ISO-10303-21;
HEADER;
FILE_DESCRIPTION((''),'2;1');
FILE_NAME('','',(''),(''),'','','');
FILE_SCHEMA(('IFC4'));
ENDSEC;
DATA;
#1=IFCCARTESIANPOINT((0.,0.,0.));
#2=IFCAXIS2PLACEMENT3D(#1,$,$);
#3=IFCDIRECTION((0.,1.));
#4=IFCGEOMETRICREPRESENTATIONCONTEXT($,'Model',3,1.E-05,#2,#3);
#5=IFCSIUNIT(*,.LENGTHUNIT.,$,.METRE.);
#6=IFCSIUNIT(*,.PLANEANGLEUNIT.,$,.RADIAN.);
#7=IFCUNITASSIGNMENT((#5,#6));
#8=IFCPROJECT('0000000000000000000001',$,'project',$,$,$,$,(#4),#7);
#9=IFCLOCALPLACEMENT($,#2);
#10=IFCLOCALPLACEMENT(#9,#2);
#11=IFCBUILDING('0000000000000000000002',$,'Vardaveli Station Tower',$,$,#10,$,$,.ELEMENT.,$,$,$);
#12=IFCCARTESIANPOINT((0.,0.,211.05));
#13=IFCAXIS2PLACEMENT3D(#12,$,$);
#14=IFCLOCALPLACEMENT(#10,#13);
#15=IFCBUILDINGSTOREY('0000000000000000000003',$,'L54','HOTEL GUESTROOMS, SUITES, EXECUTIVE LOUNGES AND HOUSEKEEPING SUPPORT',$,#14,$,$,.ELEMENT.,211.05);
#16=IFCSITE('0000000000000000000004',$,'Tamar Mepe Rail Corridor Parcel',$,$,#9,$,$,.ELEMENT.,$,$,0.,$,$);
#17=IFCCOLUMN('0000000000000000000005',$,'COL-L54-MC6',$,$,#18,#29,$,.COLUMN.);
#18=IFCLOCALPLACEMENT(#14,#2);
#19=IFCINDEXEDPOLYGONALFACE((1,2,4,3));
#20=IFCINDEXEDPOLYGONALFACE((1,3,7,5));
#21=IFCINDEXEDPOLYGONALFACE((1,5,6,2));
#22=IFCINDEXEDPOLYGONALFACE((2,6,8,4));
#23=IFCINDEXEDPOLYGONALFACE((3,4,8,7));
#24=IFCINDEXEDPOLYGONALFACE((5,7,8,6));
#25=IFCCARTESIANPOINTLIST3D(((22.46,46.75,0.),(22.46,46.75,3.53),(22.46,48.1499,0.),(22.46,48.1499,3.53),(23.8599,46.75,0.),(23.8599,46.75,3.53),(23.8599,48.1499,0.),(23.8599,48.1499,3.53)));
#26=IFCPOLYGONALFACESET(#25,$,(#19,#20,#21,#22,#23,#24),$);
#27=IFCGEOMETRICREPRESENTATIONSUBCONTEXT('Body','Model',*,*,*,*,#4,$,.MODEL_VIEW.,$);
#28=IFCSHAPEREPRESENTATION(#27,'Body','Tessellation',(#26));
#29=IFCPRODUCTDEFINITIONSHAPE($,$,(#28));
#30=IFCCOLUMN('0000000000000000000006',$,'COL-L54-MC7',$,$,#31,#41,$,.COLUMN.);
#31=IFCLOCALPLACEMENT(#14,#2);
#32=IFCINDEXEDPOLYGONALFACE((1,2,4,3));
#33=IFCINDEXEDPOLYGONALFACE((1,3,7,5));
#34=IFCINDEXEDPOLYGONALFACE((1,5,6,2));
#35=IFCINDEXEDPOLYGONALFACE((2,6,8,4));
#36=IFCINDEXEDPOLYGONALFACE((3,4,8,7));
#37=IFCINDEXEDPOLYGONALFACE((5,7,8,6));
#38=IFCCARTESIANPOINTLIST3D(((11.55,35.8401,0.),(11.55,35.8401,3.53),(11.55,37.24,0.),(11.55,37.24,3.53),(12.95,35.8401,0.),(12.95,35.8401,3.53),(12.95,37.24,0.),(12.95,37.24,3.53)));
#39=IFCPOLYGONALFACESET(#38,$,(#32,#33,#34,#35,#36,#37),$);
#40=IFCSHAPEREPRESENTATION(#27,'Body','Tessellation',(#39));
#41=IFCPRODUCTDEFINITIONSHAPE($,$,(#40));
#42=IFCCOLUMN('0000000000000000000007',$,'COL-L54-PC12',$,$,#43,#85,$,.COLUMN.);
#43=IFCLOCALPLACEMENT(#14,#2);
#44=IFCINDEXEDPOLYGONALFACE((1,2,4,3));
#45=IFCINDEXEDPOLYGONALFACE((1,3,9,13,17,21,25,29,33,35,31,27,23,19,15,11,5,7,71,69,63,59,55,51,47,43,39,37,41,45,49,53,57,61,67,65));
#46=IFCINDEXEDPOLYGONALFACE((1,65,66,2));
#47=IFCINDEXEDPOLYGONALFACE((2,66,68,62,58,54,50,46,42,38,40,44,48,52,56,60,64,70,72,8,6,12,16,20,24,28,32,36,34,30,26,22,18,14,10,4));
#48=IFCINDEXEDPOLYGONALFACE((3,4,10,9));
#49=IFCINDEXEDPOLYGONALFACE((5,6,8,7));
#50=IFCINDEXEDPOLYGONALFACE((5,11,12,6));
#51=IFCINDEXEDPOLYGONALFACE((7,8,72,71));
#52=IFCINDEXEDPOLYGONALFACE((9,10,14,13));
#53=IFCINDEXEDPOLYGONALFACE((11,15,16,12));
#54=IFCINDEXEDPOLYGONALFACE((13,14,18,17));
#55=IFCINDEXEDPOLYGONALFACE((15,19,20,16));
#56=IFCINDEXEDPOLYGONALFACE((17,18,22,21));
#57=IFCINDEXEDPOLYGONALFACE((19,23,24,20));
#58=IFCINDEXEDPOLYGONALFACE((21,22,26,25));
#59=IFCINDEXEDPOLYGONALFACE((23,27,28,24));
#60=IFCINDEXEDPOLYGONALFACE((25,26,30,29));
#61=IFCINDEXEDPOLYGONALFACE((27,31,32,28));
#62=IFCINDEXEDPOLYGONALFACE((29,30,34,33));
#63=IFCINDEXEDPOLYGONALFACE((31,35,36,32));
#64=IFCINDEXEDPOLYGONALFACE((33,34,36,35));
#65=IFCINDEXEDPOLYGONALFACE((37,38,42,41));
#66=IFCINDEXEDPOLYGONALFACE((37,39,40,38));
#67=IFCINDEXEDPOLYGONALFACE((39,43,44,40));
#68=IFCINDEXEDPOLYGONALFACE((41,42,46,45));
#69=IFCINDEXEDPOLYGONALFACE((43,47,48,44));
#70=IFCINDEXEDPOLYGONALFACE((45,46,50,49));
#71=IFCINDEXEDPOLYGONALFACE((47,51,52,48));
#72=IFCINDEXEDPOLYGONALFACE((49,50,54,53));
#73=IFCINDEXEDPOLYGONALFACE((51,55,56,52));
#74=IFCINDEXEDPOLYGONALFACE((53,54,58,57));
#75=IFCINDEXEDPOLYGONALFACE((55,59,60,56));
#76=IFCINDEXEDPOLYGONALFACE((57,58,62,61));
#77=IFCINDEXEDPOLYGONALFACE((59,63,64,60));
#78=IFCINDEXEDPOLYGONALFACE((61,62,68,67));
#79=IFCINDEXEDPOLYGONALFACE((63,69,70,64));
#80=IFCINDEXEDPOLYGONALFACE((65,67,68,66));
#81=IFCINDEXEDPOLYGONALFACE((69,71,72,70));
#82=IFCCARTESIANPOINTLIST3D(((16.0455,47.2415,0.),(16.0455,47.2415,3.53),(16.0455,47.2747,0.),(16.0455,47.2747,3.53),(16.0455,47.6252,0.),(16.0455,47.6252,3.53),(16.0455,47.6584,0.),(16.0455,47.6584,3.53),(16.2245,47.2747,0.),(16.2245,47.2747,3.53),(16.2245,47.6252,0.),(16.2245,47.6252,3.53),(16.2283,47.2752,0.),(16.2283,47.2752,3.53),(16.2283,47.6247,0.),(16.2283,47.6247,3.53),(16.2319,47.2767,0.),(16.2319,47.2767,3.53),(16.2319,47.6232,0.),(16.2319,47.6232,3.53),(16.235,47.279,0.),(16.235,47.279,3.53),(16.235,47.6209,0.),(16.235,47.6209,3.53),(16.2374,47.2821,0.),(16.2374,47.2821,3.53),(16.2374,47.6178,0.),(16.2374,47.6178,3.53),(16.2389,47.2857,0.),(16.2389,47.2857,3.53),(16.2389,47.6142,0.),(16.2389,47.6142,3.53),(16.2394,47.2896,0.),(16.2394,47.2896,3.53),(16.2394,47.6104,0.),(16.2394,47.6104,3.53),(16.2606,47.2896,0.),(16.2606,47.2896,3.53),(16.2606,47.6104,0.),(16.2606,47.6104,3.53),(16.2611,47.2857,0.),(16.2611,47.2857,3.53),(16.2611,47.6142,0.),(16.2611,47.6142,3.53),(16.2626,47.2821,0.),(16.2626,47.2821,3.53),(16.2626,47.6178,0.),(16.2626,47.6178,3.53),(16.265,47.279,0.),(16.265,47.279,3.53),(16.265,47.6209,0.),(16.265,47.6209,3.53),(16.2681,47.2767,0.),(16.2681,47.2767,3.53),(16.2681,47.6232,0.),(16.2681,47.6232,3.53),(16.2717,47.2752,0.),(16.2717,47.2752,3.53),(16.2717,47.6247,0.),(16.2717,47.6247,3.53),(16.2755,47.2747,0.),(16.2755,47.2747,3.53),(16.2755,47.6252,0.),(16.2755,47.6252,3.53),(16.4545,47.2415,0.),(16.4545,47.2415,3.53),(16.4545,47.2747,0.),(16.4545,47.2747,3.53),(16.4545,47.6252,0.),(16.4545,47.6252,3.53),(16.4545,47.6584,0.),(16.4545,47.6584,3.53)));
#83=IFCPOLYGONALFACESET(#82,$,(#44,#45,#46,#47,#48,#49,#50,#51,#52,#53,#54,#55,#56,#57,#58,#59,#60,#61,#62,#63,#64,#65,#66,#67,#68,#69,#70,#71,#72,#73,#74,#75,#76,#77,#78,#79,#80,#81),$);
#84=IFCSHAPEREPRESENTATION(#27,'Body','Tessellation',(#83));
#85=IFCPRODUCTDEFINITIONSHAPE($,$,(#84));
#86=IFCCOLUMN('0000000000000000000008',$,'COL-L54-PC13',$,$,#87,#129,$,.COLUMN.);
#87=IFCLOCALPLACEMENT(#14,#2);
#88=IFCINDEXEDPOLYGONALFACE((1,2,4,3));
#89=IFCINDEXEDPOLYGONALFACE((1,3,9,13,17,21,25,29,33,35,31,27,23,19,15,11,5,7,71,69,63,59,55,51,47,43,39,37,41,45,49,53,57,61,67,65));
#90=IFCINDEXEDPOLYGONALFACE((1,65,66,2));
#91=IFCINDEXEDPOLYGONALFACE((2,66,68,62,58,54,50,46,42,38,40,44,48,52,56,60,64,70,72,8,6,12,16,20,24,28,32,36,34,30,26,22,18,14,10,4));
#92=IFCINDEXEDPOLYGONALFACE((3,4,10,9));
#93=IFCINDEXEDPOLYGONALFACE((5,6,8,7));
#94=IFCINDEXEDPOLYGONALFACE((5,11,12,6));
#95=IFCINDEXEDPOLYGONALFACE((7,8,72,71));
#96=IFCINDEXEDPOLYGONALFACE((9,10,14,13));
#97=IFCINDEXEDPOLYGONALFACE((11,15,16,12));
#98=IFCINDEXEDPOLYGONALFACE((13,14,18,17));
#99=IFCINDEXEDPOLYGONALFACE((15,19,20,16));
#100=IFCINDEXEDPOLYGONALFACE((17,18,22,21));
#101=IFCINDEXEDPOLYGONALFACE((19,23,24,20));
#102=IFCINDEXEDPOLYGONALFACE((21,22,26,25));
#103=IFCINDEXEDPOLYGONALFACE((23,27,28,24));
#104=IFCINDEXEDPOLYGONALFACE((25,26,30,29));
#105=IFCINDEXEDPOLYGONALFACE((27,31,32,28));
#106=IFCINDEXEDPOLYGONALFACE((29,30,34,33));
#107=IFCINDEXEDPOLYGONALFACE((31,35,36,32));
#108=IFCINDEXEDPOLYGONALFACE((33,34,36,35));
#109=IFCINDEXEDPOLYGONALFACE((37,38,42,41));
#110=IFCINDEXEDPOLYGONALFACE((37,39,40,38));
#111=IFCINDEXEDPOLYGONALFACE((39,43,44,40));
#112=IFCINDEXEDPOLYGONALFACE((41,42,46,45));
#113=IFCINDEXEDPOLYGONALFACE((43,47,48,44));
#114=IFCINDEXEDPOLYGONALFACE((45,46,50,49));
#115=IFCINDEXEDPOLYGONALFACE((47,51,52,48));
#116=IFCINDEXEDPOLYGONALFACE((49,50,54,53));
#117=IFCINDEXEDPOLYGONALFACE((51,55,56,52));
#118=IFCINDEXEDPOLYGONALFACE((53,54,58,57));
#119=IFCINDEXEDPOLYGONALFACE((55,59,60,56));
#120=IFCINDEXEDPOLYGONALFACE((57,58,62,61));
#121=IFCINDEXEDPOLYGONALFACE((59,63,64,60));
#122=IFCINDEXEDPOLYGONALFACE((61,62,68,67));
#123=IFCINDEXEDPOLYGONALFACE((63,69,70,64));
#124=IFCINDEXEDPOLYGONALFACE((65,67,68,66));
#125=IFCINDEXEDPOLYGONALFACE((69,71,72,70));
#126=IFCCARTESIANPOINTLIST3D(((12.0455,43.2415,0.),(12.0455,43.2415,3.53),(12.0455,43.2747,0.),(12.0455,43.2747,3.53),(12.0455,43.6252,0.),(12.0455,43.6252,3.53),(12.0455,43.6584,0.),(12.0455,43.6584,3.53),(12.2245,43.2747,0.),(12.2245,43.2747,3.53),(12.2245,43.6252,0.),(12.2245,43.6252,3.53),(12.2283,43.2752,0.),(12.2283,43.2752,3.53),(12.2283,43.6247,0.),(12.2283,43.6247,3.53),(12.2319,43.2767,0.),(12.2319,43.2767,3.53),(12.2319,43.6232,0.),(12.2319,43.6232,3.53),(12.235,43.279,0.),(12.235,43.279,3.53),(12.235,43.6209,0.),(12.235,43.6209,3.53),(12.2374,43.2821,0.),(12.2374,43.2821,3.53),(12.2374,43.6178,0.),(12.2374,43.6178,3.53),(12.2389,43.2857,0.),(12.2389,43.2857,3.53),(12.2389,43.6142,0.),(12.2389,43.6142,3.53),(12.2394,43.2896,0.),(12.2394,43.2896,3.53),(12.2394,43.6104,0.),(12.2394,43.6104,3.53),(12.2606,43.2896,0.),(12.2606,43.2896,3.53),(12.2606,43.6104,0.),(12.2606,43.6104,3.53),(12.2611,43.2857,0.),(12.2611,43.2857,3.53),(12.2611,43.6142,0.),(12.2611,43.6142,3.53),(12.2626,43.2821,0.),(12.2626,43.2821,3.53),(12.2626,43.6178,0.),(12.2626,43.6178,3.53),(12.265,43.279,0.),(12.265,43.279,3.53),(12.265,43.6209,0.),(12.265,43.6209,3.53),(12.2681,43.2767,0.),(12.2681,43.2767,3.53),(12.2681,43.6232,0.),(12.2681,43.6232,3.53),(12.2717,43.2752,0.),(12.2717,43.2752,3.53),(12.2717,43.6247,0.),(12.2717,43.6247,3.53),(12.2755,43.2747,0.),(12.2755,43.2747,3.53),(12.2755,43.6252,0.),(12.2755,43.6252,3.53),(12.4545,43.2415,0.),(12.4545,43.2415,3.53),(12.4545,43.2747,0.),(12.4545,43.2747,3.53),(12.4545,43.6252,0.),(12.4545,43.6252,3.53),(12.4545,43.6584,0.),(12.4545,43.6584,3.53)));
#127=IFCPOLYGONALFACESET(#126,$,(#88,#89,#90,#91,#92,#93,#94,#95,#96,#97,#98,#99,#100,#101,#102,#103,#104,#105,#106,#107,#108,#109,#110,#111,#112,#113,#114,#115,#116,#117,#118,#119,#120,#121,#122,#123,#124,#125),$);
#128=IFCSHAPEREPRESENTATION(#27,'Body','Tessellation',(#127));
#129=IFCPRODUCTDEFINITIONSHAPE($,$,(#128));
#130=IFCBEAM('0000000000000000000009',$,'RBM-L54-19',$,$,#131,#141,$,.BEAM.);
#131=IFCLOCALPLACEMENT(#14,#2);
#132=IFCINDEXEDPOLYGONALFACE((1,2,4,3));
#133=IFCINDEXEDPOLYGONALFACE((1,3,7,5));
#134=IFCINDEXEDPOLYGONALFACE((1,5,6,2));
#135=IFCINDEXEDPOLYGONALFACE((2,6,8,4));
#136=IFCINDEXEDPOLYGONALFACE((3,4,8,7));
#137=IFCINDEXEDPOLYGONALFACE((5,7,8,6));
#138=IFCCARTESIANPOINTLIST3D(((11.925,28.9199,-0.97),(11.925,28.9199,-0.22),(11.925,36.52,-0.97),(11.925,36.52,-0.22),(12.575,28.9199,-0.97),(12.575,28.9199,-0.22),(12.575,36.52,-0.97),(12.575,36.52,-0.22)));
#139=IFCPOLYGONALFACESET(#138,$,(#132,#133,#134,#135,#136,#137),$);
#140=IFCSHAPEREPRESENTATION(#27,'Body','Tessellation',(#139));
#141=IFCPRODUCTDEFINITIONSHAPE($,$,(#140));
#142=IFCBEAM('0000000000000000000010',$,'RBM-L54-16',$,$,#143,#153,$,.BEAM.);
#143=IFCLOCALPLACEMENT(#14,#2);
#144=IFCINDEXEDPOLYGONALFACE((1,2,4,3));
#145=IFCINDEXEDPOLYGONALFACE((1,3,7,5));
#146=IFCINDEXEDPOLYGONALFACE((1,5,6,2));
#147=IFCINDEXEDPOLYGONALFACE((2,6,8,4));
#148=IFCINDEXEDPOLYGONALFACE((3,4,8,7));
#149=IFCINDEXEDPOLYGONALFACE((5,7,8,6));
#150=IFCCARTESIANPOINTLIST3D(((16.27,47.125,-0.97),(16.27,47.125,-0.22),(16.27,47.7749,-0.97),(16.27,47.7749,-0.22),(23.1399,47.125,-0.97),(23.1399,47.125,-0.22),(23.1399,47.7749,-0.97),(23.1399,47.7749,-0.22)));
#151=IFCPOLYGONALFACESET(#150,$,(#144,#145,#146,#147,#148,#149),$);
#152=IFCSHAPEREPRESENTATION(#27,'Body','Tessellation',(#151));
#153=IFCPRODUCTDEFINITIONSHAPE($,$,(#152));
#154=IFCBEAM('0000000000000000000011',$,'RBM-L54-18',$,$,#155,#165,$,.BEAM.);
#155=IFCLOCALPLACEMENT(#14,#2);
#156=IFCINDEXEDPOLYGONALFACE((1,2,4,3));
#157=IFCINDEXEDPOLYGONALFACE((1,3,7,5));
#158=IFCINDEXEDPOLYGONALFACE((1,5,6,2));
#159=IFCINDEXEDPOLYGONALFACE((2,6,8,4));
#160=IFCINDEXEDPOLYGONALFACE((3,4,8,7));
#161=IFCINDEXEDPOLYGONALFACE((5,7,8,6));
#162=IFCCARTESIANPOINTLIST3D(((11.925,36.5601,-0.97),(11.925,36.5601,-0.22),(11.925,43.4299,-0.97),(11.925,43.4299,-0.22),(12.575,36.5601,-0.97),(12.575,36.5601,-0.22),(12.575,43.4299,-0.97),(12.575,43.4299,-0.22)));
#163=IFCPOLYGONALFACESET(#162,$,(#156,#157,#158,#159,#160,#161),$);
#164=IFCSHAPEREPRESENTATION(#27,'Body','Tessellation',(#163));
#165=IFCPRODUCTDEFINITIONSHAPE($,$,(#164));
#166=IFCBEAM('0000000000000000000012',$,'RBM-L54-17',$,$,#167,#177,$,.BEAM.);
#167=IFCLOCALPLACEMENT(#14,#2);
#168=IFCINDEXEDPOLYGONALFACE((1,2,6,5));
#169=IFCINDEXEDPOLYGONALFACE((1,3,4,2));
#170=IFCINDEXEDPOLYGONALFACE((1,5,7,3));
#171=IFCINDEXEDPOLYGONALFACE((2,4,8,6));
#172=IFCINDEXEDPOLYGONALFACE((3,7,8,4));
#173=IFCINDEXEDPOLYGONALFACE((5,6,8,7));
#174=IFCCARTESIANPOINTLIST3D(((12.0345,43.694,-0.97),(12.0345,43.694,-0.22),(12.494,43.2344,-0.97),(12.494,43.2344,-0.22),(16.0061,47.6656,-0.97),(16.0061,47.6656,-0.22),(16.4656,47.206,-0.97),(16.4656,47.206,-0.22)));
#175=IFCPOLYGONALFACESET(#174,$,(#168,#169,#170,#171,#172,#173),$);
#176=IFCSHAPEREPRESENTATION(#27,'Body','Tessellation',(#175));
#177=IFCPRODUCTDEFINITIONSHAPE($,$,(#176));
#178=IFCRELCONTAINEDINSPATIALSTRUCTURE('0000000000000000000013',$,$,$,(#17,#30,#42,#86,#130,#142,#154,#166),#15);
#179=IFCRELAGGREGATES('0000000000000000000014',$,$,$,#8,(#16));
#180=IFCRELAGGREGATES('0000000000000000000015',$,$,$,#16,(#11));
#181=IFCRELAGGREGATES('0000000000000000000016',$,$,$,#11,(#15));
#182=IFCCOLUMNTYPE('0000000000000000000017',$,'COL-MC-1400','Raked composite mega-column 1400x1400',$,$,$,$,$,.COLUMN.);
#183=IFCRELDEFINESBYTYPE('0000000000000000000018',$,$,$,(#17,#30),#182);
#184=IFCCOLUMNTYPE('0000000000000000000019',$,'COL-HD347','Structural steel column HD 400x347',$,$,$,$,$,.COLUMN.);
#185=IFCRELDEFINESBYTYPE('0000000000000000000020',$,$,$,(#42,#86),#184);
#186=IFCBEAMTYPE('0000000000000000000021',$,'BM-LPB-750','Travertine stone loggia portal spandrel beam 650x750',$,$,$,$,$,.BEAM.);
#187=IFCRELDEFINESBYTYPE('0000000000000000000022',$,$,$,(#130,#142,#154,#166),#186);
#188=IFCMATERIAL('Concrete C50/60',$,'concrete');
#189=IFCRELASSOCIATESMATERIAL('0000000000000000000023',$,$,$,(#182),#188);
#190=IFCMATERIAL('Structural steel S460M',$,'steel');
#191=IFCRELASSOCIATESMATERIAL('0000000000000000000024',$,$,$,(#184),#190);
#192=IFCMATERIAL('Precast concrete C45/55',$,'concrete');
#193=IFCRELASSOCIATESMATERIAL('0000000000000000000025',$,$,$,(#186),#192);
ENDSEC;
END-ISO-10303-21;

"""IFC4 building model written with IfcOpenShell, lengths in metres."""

from ifc_helpers import new_model, si_unit, direction, frame, origin, origin_2d, place, context, subcontext, project, spatial, rectangle, i_section, extrude, source, transform, mapped, material, material_profile, profile_set, type_object, element, save


model = new_model("IFC4")

# Units and contexts
model_context = context("Model", 3, precision=1e-05, world=origin(), true_north=direction((0.0, 1.0)))
body_context = subcontext(model_context, "Body", "Model", "MODEL_VIEW")
ifc_project = project(units=[si_unit("LENGTHUNIT", "METRE"), si_unit("PLANEANGLEUNIT", "RADIAN")], contexts=[model_context])

# Site, building, storey
site_placement = place(None, origin())
site = spatial("IfcSite", under=ifc_project, at=site_placement, Name="Tamar Mepe Rail Corridor Parcel", CompositionType="ELEMENT", RefElevation=0.0)
building_placement = place(site_placement, origin())
building = spatial("IfcBuilding", under=site, at=building_placement, Name="Vardaveli Station Tower", CompositionType="ELEMENT")
storey_placement = place(building_placement, frame((0.0, 0.0, 211.05)))
storey = spatial("IfcBuildingStorey", under=building, at=storey_placement, Name="L54", Description="HOTEL GUESTROOMS, SUITES, EXECUTIVE LOUNGES AND HOUSEKEEPING SUPPORT", CompositionType="ELEMENT", Elevation=211.05)

# Columns
ifc_material_1 = material(Name="Concrete C50/60", Category="concrete")
ifc_material_profile_1 = material_profile(ifc_material_1, rectangle(XDim=1.3999, YDim=1.3999, at=origin_2d()), Name="MC 1400x1400")
ifc_profile_set_1 = profile_set([ifc_material_profile_1], Name="Concrete C50/60")
column_type_1 = type_object("IfcColumnType", Name="COL-MC-1400", Description="Raked composite mega-column 1400x1400", PredefinedType="COLUMN", material=ifc_profile_set_1)
shared_shape_1 = source(origin(), body_context, "Body", "SweptSolid", [
    extrude(rectangle(XDim=1.3999, YDim=1.3999, at=origin_2d()), origin(), (0.0, 0.0, 1.0), 3.53),
])
for number, where, z_axis, x_axis, name in (
    (1, (23.1599, 47.45, 0.0), (0.0, 0.0, 1.0), (1.0, 0.0, 0.0), "COL-L54-MC6"),
    (2, (12.25, 36.54, 0.0), (0.0, 0.0, 1.0), (1.0, 0.0, 0.0), "COL-L54-MC7"),
):
    element("IfcColumn", number, at=place(storey_placement, frame(where, z_axis=z_axis, x_axis=x_axis)), inside=storey, type_object=column_type_1, Name=name, PredefinedType="COLUMN", context=body_context, shape_type="MappedRepresentation", body=[
        mapped(shared_shape_1, transform((0.0, 0.0, 0.0), scale=1.0)),
    ])
ifc_material_2 = material(Name="Structural steel S460M", Category="steel")
ifc_material_profile_2 = material_profile(ifc_material_2, i_section(OverallWidth=0.4089, OverallDepth=0.417, WebThickness=0.0212, FlangeThickness=0.0332, FilletRadius=0.0149, at=origin_2d()), Name="HD 400x347")
ifc_profile_set_2 = profile_set([ifc_material_profile_2], Name="Structural steel S460M")
column_type_2 = type_object("IfcColumnType", Name="COL-HD347", Description="Structural steel column HD 400x347", PredefinedType="COLUMN", material=ifc_profile_set_2)
shared_shape_2 = source(origin(), body_context, "Body", "SweptSolid", [
    extrude(i_section(OverallWidth=0.4089, OverallDepth=0.417, WebThickness=0.0212, FlangeThickness=0.0332, FilletRadius=0.0149, at=origin_2d()), origin(), (0.0, 0.0, 1.0), 3.53),
])
for number, where, z_axis, x_axis, name in (
    (3, (16.25, 47.45, 0.0), (0.0, 0.0, 1.0), (1.0, 0.0, 0.0), "COL-L54-PC12"),
    (4, (12.25, 43.45, 0.0), (0.0, 0.0, 1.0), (1.0, 0.0, 0.0), "COL-L54-PC13"),
):
    element("IfcColumn", number, at=place(storey_placement, frame(where, z_axis=z_axis, x_axis=x_axis)), inside=storey, type_object=column_type_2, Name=name, PredefinedType="COLUMN", context=body_context, shape_type="MappedRepresentation", body=[
        mapped(shared_shape_2, transform((0.0, 0.0, 0.0), scale=1.0)),
    ])

# Beams
ifc_material_3 = material(Name="Precast concrete C45/55", Category="concrete")
ifc_material_profile_3 = material_profile(ifc_material_3, rectangle(XDim=0.6499, YDim=0.75, at=origin_2d()), Name="LPB 650x750")
ifc_profile_set_3 = profile_set([ifc_material_profile_3], Name="Precast concrete C45/55")
beam_type_1 = type_object("IfcBeamType", Name="BM-LPB-750", Description="Travertine stone loggia portal spandrel beam 650x750", PredefinedType="BEAM", material=ifc_profile_set_3)
shared_shape_3 = source(origin(), body_context, "Body", "SweptSolid", [
    extrude(rectangle(XDim=0.6499, YDim=0.75, at=origin_2d()), origin(), (0.0, 0.0, 1.0), 7.6001),
])
beam_1_placement = place(storey_placement, frame((12.25, 36.52, -0.595), z_axis=(0.0, -1.0, 0.0), x_axis=(1.0, 0.0, 0.0)))
element("IfcBeam", 5, at=beam_1_placement, inside=storey, type_object=beam_type_1, Name="RBM-L54-19", PredefinedType="BEAM", context=body_context, shape_type="MappedRepresentation", body=[
    mapped(shared_shape_3, transform((0.0, 0.0, 0.0), scale=1.0)),
])
shared_shape_4 = source(origin(), body_context, "Body", "SweptSolid", [
    extrude(rectangle(XDim=0.6499, YDim=0.75, at=origin_2d()), origin(), (0.0, 0.0, 1.0), 6.8699),
])
for number, where, z_axis, x_axis, name in (
    (6, (23.1399, 47.45, -0.595), (-1.0, 0.0, 0.0), (0.0, -1.0, 0.0), "RBM-L54-16"),
    (7, (12.25, 43.4299, -0.595), (0.0, -1.0, 0.0), (1.0, 0.0, 0.0), "RBM-L54-18"),
):
    element("IfcBeam", number, at=place(storey_placement, frame(where, z_axis=z_axis, x_axis=x_axis)), inside=storey, type_object=beam_type_1, Name=name, PredefinedType="BEAM", context=body_context, shape_type="MappedRepresentation", body=[
        mapped(shared_shape_4, transform((0.0, 0.0, 0.0), scale=1.0)),
    ])
shared_shape_5 = source(origin(), body_context, "Body", "SweptSolid", [
    extrude(rectangle(XDim=0.6499, YDim=0.75, at=origin_2d()), origin(), (0.0, 0.0, 1.0), 5.6167),
])
beam_2_placement = place(storey_placement, frame((16.2358, 47.4358, -0.595), z_axis=(-0.707107, -0.707107, 0.0), x_axis=(0.707107, -0.707107, 0.0)))
element("IfcBeam", 8, at=beam_2_placement, inside=storey, type_object=beam_type_1, Name="RBM-L54-17", PredefinedType="BEAM", context=body_context, shape_type="MappedRepresentation", body=[
    mapped(shared_shape_5, transform((0.0, 0.0, 0.0), scale=1.0)),
])

save(model, "model.ifc")
